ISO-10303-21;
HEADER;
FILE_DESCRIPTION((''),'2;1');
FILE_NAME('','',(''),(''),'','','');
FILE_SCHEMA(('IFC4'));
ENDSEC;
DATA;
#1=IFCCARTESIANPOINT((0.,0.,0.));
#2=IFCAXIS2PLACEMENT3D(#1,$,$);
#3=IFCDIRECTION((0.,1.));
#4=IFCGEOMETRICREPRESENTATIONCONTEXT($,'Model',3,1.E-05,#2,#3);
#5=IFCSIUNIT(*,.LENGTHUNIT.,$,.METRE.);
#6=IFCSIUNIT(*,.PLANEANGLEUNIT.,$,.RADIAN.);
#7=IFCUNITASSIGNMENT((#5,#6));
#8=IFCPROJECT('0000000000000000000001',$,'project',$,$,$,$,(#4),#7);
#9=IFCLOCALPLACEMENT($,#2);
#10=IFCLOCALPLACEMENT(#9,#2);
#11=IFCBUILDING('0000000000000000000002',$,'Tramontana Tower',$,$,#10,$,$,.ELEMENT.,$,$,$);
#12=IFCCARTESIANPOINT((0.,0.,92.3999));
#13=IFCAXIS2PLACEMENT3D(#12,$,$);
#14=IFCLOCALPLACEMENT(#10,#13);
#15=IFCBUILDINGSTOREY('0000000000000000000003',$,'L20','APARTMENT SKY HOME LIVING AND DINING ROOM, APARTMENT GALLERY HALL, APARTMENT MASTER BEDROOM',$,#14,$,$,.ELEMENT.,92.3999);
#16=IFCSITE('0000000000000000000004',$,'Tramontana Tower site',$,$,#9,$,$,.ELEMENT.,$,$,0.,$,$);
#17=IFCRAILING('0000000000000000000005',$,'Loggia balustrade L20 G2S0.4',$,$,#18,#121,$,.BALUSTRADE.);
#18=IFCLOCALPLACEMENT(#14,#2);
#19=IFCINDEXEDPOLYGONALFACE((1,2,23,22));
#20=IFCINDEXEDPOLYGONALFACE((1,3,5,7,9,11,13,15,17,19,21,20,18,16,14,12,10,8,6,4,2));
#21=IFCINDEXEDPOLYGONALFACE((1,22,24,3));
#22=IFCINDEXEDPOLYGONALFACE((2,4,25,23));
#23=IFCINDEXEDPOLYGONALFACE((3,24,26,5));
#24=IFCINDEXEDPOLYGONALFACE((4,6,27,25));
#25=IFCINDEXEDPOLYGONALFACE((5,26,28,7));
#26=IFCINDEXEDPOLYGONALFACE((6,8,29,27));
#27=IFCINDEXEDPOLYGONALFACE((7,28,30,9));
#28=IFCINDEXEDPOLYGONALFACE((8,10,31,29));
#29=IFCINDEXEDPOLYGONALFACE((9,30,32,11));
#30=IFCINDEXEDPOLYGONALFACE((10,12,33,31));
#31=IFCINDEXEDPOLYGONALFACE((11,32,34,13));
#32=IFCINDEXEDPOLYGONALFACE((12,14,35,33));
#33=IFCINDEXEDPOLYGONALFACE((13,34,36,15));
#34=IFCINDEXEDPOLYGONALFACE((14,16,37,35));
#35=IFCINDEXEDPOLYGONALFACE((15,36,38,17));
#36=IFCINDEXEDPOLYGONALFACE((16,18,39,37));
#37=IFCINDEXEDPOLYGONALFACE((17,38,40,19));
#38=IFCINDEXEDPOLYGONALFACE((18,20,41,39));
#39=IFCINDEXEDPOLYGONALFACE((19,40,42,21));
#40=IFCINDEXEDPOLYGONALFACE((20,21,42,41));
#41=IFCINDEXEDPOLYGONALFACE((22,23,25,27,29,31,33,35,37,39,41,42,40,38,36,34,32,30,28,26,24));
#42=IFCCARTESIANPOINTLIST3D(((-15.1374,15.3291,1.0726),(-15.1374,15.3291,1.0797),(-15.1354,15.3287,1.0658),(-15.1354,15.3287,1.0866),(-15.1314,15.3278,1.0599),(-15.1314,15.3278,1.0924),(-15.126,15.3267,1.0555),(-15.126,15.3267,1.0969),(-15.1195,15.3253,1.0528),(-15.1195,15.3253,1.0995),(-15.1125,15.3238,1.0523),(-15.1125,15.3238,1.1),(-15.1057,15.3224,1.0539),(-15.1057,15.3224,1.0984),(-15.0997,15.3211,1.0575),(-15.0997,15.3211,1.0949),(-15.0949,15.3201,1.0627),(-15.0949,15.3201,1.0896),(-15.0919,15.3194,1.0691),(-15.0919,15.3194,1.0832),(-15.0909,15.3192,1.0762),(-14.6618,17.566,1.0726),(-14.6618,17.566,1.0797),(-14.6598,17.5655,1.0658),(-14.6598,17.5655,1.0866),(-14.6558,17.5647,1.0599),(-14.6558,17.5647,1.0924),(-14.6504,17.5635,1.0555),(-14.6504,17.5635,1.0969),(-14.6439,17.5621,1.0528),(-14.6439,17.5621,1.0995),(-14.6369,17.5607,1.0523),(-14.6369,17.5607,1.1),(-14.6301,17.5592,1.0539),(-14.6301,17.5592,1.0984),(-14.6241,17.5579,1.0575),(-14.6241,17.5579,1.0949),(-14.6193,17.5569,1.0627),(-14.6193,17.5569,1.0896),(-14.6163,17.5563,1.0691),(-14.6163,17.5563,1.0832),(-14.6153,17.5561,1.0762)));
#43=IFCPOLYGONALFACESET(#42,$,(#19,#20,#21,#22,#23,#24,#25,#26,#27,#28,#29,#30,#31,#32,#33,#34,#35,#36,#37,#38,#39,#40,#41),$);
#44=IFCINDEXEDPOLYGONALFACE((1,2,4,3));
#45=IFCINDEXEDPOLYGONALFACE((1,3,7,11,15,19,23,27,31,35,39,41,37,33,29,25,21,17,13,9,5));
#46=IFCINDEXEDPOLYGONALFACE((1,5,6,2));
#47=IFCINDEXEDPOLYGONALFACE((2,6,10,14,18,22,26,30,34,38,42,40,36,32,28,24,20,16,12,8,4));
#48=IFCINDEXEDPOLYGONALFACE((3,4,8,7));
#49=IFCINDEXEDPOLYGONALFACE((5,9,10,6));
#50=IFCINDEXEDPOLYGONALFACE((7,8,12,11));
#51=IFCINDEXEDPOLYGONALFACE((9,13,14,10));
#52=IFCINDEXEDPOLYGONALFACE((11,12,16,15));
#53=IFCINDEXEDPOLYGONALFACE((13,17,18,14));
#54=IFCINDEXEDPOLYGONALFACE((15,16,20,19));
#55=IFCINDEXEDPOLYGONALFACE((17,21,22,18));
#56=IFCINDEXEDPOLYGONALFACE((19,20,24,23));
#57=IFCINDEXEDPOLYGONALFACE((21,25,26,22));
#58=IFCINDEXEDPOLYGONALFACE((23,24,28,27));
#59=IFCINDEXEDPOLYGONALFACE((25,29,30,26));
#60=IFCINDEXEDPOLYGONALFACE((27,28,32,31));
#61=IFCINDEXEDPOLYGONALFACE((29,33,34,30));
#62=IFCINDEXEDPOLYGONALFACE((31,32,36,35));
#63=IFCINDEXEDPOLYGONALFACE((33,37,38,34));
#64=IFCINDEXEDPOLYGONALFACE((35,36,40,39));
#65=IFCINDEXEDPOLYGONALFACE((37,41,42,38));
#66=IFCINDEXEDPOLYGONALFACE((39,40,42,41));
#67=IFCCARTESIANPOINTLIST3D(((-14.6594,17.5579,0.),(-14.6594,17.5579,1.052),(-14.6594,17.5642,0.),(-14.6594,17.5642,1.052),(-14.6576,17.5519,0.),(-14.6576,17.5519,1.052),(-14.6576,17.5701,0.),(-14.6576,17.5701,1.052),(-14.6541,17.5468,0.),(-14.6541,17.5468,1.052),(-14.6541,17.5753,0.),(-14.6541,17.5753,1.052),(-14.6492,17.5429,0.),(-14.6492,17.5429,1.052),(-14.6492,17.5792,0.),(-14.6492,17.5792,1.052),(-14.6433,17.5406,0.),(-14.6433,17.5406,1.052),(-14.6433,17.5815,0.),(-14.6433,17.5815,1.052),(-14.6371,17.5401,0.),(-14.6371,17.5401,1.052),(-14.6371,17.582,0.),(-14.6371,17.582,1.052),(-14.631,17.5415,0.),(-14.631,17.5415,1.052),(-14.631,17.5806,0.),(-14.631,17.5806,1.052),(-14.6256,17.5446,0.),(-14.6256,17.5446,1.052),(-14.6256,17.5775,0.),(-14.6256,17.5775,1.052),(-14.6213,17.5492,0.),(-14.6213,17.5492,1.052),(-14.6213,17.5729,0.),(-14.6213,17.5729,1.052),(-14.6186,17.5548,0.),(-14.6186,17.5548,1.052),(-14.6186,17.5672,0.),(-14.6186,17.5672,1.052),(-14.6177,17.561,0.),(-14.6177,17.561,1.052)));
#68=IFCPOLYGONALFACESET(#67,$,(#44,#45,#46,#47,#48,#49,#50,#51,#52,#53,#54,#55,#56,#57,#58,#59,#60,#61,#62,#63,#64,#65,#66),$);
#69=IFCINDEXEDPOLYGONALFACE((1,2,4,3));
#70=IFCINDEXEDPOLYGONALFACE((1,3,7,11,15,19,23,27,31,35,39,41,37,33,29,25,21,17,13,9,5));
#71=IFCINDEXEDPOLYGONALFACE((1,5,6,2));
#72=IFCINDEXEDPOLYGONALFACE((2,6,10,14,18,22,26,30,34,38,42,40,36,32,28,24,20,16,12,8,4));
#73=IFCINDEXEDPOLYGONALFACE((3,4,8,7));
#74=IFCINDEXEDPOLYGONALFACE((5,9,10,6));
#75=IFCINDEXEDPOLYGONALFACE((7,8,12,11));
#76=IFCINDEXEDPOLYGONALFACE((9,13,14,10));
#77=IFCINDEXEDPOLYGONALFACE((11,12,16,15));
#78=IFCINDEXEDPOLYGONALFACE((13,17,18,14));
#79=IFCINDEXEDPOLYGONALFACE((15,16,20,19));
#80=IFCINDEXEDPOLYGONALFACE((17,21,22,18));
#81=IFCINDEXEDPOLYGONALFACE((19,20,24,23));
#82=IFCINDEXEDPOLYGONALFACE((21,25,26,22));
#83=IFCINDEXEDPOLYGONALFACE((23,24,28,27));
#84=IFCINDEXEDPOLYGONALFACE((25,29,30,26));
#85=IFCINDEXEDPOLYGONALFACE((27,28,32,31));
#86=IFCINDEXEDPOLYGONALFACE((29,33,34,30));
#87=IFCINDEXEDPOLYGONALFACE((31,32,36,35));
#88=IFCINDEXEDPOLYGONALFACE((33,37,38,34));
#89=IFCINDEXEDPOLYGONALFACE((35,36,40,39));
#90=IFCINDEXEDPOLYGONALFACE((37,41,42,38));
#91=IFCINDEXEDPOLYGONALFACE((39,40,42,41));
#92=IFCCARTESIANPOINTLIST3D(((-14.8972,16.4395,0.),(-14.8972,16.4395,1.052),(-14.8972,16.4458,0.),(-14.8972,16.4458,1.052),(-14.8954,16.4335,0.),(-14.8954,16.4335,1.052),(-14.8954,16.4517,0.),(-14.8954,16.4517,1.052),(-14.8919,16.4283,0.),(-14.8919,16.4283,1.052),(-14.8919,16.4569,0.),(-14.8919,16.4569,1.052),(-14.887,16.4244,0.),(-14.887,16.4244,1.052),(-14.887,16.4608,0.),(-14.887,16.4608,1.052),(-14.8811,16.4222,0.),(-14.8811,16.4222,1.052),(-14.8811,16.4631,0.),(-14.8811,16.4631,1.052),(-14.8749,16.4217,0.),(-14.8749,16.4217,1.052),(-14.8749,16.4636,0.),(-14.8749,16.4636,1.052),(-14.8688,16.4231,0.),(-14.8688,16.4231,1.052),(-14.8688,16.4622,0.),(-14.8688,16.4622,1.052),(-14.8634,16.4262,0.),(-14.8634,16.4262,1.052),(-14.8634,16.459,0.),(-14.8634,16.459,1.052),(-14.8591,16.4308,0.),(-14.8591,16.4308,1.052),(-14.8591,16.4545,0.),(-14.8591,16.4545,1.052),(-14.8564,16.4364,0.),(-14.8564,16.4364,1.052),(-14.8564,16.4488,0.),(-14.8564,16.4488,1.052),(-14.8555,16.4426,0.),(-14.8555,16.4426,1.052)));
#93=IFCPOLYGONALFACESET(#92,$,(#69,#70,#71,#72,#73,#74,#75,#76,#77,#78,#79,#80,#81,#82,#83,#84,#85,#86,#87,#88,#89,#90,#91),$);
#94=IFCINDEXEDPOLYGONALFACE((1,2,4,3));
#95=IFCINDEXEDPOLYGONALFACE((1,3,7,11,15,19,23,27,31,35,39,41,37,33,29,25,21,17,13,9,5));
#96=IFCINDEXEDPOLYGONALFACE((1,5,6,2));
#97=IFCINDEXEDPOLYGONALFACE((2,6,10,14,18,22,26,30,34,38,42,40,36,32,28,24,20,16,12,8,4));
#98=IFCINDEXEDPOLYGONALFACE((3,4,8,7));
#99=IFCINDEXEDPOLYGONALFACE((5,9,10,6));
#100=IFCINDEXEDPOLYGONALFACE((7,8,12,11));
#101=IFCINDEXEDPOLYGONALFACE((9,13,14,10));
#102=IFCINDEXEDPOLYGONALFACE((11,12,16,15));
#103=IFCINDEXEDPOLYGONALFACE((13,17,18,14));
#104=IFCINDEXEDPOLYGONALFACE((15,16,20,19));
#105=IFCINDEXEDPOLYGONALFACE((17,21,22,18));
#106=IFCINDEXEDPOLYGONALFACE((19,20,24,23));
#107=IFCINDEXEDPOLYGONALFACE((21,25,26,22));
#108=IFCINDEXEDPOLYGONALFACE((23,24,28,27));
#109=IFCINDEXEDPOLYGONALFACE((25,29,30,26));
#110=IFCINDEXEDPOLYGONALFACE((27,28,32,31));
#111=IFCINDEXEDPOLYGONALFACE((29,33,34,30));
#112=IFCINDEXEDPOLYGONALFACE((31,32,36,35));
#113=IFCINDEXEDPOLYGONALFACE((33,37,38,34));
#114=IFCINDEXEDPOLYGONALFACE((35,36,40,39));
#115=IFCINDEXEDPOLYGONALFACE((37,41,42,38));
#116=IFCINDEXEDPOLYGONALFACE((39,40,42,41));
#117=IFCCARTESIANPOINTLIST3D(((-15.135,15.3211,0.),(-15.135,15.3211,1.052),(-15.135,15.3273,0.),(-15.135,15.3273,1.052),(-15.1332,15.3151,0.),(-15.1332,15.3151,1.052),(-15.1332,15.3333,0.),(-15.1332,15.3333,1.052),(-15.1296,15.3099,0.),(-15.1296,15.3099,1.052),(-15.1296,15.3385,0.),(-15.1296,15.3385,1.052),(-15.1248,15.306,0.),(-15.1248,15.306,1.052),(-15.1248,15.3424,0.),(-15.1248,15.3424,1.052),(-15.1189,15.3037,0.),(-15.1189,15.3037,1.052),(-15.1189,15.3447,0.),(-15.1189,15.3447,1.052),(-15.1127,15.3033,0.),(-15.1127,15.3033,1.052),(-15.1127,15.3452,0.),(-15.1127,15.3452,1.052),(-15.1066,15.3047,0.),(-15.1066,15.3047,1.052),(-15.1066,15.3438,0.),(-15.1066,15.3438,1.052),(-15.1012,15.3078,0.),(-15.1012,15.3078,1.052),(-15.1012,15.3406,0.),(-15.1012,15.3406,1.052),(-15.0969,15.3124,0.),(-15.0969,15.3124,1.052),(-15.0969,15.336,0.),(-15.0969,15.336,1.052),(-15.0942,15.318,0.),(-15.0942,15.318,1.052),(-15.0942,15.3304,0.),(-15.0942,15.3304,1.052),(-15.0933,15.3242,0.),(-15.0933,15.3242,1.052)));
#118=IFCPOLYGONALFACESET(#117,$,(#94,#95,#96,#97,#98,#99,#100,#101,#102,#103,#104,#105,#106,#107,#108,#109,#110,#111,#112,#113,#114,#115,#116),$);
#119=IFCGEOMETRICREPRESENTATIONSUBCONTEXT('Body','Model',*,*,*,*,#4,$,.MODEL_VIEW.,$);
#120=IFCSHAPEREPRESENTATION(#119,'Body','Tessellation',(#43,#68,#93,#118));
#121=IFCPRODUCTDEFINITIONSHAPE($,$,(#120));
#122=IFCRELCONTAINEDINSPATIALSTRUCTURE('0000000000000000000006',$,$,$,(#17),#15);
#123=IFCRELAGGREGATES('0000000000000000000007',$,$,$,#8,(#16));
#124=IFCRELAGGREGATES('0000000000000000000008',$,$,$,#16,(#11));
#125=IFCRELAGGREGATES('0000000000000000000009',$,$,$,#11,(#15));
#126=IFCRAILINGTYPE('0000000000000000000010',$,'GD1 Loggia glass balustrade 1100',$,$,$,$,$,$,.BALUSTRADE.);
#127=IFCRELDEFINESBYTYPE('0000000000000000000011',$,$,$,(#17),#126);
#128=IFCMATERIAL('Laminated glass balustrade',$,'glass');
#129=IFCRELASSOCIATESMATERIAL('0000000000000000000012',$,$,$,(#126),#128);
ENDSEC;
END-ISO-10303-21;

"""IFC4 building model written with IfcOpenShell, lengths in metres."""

from ifc_helpers import new_model, si_unit, direction, frame, origin, origin_2d, place, context, subcontext, project, spatial, circle, extrude, material, type_object, element, save


model = new_model("IFC4")

# Units and contexts
model_context = context("Model", 3, precision=1e-05, world=origin(), true_north=direction((0.0, 1.0)))
body_context = subcontext(model_context, "Body", "Model", "MODEL_VIEW")
ifc_project = project(units=[si_unit("LENGTHUNIT", "METRE"), si_unit("PLANEANGLEUNIT", "RADIAN")], contexts=[model_context])

# Site, building, storey
site_placement = place(None, origin())
site = spatial("IfcSite", under=ifc_project, at=site_placement, Name="Tramontana Tower site", CompositionType="ELEMENT", RefElevation=0.0)
building_placement = place(site_placement, origin())
building = spatial("IfcBuilding", under=site, at=building_placement, Name="Tramontana Tower", CompositionType="ELEMENT")
storey_placement = place(building_placement, frame((0.0, 0.0, 92.3999)))
storey = spatial("IfcBuildingStorey", under=building, at=storey_placement, Name="L20", Description="APARTMENT SKY HOME LIVING AND DINING ROOM, APARTMENT GALLERY HALL, APARTMENT MASTER BEDROOM", CompositionType="ELEMENT", Elevation=92.3999)

# Railing
ifc_material_1 = material(Name="Laminated glass balustrade", Category="glass")
railing_type = type_object("IfcRailingType", Name="GD1 Loggia glass balustrade 1100", PredefinedType="BALUSTRADE", material=ifc_material_1)
railing_placement = place(storey_placement, frame((-14.6387, 17.561, 0.0)))
element("IfcRailing", 1, at=railing_placement, inside=storey, type_object=railing_type, Name="Loggia balustrade L20 G2S0.4", PredefinedType="BALUSTRADE", context=body_context, shape_type="SweptSolid", body=[
    extrude(circle(Radius=0.0239, at=origin_2d()), frame((0.0, 0.0, 1.0762), z_axis=(-0.207969, -0.978136, 0.0), x_axis=(0.978136, -0.207969, 0.0)), (0.0, 0.0, 1.0), 2.2869),
    extrude(circle(Radius=0.021, at=origin_2d()), origin(), (0.0, 0.0, 1.0), 1.052),
    extrude(circle(Radius=0.021, at=origin_2d()), frame((-0.2378, -1.1184, 0.0)), (0.0, 0.0, 1.0), 1.052),
    extrude(circle(Radius=0.021, at=origin_2d()), frame((-0.4756, -2.2368, 0.0)), (0.0, 0.0, 1.0), 1.052),
])

save(model, "model.ifc")
